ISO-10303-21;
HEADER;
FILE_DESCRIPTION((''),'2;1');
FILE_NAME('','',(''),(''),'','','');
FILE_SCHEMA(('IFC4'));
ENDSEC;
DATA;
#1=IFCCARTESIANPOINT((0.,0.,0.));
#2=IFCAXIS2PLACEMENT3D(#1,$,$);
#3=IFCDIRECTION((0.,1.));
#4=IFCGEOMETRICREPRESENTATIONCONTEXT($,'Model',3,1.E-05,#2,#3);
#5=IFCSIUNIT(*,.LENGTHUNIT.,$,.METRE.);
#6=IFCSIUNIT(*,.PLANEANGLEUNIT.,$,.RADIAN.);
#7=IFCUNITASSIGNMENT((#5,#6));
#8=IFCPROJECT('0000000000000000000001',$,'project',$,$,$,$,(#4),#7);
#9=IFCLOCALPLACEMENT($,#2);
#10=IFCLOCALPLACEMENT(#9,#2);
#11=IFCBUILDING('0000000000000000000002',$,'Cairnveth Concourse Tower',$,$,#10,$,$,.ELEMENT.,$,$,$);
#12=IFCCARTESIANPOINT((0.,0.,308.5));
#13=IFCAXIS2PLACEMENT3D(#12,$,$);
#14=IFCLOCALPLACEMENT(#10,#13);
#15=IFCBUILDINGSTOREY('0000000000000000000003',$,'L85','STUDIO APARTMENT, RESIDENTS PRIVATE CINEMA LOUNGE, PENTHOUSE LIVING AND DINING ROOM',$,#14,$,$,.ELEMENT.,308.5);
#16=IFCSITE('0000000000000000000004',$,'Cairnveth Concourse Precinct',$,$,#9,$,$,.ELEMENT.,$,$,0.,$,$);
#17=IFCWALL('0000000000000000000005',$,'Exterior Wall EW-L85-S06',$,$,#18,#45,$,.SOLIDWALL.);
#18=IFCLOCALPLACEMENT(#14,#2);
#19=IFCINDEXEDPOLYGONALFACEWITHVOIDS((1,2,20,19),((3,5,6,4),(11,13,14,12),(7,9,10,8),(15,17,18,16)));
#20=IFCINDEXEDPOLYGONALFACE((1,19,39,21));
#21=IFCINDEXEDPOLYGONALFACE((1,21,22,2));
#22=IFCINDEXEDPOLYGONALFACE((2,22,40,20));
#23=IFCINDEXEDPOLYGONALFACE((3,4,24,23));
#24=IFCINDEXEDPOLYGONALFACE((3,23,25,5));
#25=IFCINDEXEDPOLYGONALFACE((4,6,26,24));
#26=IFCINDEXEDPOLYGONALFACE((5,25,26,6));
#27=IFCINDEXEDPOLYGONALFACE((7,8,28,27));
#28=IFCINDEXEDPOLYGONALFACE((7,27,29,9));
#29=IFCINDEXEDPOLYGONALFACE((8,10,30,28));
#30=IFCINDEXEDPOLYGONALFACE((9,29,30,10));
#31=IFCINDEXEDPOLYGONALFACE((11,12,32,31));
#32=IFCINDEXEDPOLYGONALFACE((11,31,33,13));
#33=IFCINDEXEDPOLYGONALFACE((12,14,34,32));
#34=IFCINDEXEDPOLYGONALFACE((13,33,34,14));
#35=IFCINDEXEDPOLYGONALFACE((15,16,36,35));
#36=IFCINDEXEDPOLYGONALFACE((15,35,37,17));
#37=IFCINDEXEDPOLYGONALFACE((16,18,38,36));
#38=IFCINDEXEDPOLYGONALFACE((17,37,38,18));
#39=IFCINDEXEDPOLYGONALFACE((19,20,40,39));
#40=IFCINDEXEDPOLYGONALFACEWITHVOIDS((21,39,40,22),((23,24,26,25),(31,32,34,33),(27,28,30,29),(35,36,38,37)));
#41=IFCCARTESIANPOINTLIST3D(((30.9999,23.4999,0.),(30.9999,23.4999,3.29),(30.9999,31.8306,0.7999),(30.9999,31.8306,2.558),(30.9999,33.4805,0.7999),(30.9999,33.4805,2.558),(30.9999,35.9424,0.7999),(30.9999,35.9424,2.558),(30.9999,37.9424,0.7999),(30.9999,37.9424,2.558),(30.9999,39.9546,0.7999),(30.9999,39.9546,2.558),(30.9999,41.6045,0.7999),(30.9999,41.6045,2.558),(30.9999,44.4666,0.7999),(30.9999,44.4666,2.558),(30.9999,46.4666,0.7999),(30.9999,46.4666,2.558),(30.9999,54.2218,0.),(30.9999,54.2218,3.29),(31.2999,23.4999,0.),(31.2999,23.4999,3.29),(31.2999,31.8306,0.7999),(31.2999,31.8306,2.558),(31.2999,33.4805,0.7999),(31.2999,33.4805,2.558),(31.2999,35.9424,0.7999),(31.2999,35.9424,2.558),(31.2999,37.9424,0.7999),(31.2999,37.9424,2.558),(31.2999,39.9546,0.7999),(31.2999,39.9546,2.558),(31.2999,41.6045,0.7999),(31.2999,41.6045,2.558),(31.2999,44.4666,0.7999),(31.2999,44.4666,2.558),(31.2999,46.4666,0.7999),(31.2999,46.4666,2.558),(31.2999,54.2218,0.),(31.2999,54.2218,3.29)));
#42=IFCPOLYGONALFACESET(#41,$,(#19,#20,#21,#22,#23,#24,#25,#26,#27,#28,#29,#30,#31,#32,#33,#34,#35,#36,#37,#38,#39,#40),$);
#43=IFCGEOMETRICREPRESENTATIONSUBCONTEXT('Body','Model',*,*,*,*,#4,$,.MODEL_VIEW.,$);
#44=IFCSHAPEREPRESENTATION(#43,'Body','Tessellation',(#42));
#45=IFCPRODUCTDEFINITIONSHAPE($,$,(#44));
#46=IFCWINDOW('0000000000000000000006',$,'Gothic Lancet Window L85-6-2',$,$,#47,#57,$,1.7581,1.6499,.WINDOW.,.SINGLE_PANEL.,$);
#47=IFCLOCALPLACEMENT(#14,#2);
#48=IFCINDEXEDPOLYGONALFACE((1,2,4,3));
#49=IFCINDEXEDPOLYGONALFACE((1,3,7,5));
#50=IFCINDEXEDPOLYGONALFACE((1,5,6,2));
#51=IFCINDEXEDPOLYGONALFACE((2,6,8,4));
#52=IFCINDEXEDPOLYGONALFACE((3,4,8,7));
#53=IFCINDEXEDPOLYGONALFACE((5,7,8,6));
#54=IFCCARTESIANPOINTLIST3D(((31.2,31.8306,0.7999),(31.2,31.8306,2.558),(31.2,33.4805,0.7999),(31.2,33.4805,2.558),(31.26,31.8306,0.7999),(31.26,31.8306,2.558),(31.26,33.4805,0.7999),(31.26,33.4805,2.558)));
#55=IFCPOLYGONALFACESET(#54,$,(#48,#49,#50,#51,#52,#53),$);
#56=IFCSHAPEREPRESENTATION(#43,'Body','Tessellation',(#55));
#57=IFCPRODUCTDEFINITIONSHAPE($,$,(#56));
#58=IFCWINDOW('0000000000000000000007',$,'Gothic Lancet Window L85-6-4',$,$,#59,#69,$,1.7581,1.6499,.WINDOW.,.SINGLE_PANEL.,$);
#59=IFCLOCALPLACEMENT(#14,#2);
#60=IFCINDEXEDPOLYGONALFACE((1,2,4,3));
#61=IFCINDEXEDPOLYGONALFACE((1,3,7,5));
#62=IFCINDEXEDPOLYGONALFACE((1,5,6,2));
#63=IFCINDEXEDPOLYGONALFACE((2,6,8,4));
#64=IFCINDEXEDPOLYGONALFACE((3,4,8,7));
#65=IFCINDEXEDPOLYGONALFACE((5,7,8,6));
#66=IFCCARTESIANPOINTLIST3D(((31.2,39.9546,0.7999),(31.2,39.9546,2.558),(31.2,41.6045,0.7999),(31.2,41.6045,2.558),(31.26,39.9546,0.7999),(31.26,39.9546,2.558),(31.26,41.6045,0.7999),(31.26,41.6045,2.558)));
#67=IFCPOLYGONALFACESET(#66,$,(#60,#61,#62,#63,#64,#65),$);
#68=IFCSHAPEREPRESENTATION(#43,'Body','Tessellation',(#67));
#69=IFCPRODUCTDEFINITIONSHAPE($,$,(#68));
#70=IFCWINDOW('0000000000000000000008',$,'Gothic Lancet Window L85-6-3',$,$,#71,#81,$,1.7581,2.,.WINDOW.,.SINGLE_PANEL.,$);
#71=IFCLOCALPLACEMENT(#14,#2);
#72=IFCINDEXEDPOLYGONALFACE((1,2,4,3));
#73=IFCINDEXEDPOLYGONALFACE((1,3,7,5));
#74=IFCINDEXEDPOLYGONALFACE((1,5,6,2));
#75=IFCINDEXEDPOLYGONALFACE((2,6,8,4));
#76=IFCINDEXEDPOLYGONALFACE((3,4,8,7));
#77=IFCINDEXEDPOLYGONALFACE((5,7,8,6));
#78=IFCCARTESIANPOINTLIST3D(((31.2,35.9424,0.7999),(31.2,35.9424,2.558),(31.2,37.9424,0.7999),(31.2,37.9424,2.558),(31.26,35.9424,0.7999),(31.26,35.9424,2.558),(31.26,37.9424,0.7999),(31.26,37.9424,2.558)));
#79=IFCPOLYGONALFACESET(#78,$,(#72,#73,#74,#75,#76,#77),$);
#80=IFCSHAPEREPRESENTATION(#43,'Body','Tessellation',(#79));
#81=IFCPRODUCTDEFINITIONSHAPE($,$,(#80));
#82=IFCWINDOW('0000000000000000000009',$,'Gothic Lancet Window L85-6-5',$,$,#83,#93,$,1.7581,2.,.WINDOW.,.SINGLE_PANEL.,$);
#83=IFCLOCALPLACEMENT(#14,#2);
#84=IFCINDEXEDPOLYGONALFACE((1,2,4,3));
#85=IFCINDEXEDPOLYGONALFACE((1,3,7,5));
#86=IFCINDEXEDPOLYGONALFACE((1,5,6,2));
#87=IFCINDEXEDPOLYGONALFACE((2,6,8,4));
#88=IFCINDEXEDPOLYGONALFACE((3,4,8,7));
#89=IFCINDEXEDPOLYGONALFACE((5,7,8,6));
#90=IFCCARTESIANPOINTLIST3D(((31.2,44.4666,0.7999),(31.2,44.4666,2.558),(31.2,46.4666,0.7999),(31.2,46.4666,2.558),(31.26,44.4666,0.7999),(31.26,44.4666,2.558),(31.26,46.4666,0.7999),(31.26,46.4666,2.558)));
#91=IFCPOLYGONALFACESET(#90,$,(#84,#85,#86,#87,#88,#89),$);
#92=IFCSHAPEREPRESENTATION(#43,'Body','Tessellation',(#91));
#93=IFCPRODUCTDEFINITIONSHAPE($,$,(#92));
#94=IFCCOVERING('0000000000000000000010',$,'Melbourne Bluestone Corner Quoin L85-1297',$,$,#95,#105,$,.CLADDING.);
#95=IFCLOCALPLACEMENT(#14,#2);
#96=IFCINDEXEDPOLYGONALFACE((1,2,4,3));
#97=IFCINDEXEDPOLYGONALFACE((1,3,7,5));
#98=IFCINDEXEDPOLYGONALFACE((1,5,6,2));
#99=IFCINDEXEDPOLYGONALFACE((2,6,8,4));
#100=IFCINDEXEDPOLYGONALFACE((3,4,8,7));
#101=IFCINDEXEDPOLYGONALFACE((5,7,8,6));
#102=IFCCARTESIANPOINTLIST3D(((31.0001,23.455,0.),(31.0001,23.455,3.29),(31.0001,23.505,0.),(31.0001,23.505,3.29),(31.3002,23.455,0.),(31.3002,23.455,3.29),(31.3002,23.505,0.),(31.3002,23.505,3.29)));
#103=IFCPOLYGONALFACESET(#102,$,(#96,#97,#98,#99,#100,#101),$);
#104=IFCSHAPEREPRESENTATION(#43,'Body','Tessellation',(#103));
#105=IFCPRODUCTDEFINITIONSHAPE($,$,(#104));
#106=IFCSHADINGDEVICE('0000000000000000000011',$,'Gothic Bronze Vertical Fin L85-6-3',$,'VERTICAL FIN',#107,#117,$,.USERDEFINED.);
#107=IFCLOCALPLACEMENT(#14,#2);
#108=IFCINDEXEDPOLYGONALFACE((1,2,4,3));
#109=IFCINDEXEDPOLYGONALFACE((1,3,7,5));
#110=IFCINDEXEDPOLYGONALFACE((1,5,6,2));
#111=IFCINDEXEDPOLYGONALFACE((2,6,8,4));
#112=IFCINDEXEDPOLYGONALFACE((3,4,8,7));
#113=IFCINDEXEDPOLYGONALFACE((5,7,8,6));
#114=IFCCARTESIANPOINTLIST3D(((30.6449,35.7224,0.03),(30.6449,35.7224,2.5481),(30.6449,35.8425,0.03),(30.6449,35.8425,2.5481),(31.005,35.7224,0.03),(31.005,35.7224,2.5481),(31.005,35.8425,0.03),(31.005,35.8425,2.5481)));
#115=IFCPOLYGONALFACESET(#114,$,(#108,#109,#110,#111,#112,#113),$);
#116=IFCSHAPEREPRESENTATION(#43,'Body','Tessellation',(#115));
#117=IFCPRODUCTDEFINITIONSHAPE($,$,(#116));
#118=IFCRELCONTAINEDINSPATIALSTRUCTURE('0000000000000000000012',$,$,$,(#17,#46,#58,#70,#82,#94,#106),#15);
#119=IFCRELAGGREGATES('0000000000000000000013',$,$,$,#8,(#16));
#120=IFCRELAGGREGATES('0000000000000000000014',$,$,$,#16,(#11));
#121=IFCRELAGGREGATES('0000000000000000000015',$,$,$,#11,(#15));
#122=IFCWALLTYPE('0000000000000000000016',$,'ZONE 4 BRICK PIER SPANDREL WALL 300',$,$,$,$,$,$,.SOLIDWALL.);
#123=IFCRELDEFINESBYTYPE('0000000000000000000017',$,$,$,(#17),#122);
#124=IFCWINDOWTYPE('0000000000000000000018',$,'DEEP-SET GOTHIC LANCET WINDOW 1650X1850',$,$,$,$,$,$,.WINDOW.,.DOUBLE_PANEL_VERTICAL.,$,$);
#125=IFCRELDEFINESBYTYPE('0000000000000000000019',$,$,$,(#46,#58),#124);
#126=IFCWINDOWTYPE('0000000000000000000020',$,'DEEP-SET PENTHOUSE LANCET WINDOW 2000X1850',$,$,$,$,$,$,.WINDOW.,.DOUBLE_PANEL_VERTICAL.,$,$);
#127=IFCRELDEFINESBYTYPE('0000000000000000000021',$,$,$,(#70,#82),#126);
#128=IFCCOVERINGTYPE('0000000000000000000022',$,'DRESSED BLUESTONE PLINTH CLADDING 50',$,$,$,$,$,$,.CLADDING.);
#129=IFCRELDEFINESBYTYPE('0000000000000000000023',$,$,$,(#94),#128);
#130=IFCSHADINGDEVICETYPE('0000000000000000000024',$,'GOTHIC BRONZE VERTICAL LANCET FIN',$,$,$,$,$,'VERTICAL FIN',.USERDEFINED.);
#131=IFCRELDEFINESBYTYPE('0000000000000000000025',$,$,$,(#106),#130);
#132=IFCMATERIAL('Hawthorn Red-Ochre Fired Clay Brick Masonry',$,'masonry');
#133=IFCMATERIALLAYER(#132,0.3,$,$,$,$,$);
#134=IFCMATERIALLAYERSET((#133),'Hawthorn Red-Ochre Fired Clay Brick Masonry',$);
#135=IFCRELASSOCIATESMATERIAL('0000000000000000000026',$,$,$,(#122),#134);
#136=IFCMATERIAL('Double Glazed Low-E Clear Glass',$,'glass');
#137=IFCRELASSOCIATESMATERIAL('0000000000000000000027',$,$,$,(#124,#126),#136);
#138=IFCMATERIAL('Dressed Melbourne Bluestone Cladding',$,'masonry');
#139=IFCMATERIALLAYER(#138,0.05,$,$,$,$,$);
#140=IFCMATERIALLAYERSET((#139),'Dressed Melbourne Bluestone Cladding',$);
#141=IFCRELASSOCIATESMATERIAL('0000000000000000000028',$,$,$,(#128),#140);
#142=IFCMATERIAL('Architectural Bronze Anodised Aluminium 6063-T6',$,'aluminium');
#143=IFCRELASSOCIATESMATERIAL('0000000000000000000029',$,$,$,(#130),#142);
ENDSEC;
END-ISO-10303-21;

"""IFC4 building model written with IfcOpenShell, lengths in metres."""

from ifc_helpers import new_model, si_unit, direction, frame, frame_2d, origin, origin_2d, place, context, subcontext, project, spatial, rectangle, extrude, material, layer, layer_set, type_object, element, fill, save


model = new_model("IFC4")

# Units and contexts
model_context = context("Model", 3, precision=1e-05, world=origin(), true_north=direction((0.0, 1.0)))
body_context = subcontext(model_context, "Body", "Model", "MODEL_VIEW")
ifc_project = project(units=[si_unit("LENGTHUNIT", "METRE"), si_unit("PLANEANGLEUNIT", "RADIAN")], contexts=[model_context])

# Site, building, storey
site_placement = place(None, origin())
site = spatial("IfcSite", under=ifc_project, at=site_placement, Name="Cairnveth Concourse Precinct", CompositionType="ELEMENT", RefElevation=0.0)
building_placement = place(site_placement, origin())
building = spatial("IfcBuilding", under=site, at=building_placement, Name="Cairnveth Concourse Tower", CompositionType="ELEMENT")
storey_placement = place(building_placement, frame((0.0, 0.0, 308.5)))
storey = spatial("IfcBuildingStorey", under=building, at=storey_placement, Name="L85", Description="STUDIO APARTMENT, RESIDENTS PRIVATE CINEMA LOUNGE, PENTHOUSE LIVING AND DINING ROOM", CompositionType="ELEMENT", Elevation=308.5)

# Wall, openings, windows
ifc_material_1 = material(Name="Hawthorn Red-Ochre Fired Clay Brick Masonry", Category="masonry")
ifc_layer_1 = layer(ifc_material_1, 0.3)
ifc_layer_set_1 = layer_set([ifc_layer_1], Name="Hawthorn Red-Ochre Fired Clay Brick Masonry")
wall_type_1 = type_object("IfcWallType", Name="ZONE 4 BRICK PIER SPANDREL WALL 300", PredefinedType="SOLIDWALL", material=ifc_layer_set_1)
wall_1_placement = place(storey_placement, frame((31.1499, 23.5, 0.0), z_axis=(0.0, 0.0, 1.0), x_axis=(0.0, 1.0, 0.0)))
wall_1 = element("IfcWall", 1, at=wall_1_placement, inside=storey, type_object=wall_type_1, Name="Exterior Wall EW-L85-S06", PredefinedType="SOLIDWALL", context=body_context, shape_type="SweptSolid", body=[
    extrude(rectangle(XDim=30.7219, YDim=0.3, at=frame_2d((15.3608, 0.0))), origin(), (0.0, 0.0, 1.0), 3.29),
])
opening_1_placement = place(wall_1_placement, frame((8.3306, 0.0, 0.8)))
opening_1 = element("IfcOpeningElement", 2, at=opening_1_placement, cuts=wall_1, PredefinedType="OPENING", context=body_context, shape_type="SweptSolid", body=[
    extrude(rectangle(XDim=1.6499, YDim=1.7581, at=frame_2d((0.825, 0.8789))), frame((0.0, 0.1599, 0.0), z_axis=(0.0, -1.0, 0.0), x_axis=(1.0, 0.0, 0.0)), (0.0, 0.0, 1.0), 0.3201),
])
opening_2_placement = place(wall_1_placement, frame((12.4424, 0.0, 0.8)))
opening_2 = element("IfcOpeningElement", 3, at=opening_2_placement, cuts=wall_1, PredefinedType="OPENING", context=body_context, shape_type="SweptSolid", body=[
    extrude(rectangle(XDim=2.0, YDim=1.7581, at=frame_2d((1.0, 0.8789))), frame((0.0, 0.1599, 0.0), z_axis=(0.0, -1.0, 0.0), x_axis=(1.0, 0.0, 0.0)), (0.0, 0.0, 1.0), 0.3201),
])
opening_3_placement = place(wall_1_placement, frame((16.4546, 0.0, 0.8)))
opening_3 = element("IfcOpeningElement", 4, at=opening_3_placement, cuts=wall_1, PredefinedType="OPENING", context=body_context, shape_type="SweptSolid", body=[
    extrude(rectangle(XDim=1.6499, YDim=1.7581, at=frame_2d((0.825, 0.8789))), frame((0.0, 0.1599, 0.0), z_axis=(0.0, -1.0, 0.0), x_axis=(1.0, 0.0, 0.0)), (0.0, 0.0, 1.0), 0.3201),
])
opening_4_placement = place(wall_1_placement, frame((20.9666, 0.0, 0.8)))
opening_4 = element("IfcOpeningElement", 5, at=opening_4_placement, cuts=wall_1, PredefinedType="OPENING", context=body_context, shape_type="SweptSolid", body=[
    extrude(rectangle(XDim=2.0, YDim=1.7581, at=frame_2d((1.0, 0.8789))), frame((0.0, 0.1599, 0.0), z_axis=(0.0, -1.0, 0.0), x_axis=(1.0, 0.0, 0.0)), (0.0, 0.0, 1.0), 0.3201),
])
ifc_material_2 = material(Name="Double Glazed Low-E Clear Glass", Category="glass")
window_type_1 = type_object("IfcWindowType", Name="DEEP-SET GOTHIC LANCET WINDOW 1650X1850", PartitioningType="DOUBLE_PANEL_VERTICAL", PredefinedType="WINDOW", material=ifc_material_2)
window_1_placement = place(opening_1_placement, origin())
window_1 = element("IfcWindow", 6, at=window_1_placement, inside=storey, type_object=window_type_1, Name="Gothic Lancet Window L85-6-2", OverallHeight=1.7581, OverallWidth=1.6499, PartitioningType="SINGLE_PANEL", PredefinedType="WINDOW", context=body_context, shape_type="SweptSolid", body=[
    extrude(rectangle(XDim=1.6499, YDim=1.7581, at=frame_2d((0.825, 0.8789))), frame((0.0, -0.05, 0.0), z_axis=(0.0, -1.0, 0.0), x_axis=(1.0, 0.0, 0.0)), (0.0, 0.0, 1.0), 0.0601),
])
fill(opening_1, window_1)
window_2_placement = place(opening_3_placement, origin())
window_2 = element("IfcWindow", 7, at=window_2_placement, inside=storey, type_object=window_type_1, Name="Gothic Lancet Window L85-6-4", OverallHeight=1.7581, OverallWidth=1.6499, PartitioningType="SINGLE_PANEL", PredefinedType="WINDOW", context=body_context, shape_type="SweptSolid", body=[
    extrude(rectangle(XDim=1.6499, YDim=1.7581, at=frame_2d((0.825, 0.8789))), frame((0.0, -0.05, 0.0), z_axis=(0.0, -1.0, 0.0), x_axis=(1.0, 0.0, 0.0)), (0.0, 0.0, 1.0), 0.0601),
])
fill(opening_3, window_2)
window_type_2 = type_object("IfcWindowType", Name="DEEP-SET PENTHOUSE LANCET WINDOW 2000X1850", PartitioningType="DOUBLE_PANEL_VERTICAL", PredefinedType="WINDOW", material=ifc_material_2)
window_3_placement = place(opening_2_placement, origin())
window_3 = element("IfcWindow", 8, at=window_3_placement, inside=storey, type_object=window_type_2, Name="Gothic Lancet Window L85-6-3", OverallHeight=1.7581, OverallWidth=2.0, PartitioningType="SINGLE_PANEL", PredefinedType="WINDOW", context=body_context, shape_type="SweptSolid", body=[
    extrude(rectangle(XDim=2.0, YDim=1.7581, at=frame_2d((1.0, 0.8789))), frame((0.0, -0.05, 0.0), z_axis=(0.0, -1.0, 0.0), x_axis=(1.0, 0.0, 0.0)), (0.0, 0.0, 1.0), 0.0601),
])
fill(opening_2, window_3)
window_4_placement = place(opening_4_placement, origin())
window_4 = element("IfcWindow", 9, at=window_4_placement, inside=storey, type_object=window_type_2, Name="Gothic Lancet Window L85-6-5", OverallHeight=1.7581, OverallWidth=2.0, PartitioningType="SINGLE_PANEL", PredefinedType="WINDOW", context=body_context, shape_type="SweptSolid", body=[
    extrude(rectangle(XDim=2.0, YDim=1.7581, at=frame_2d((1.0, 0.8789))), frame((0.0, -0.05, 0.0), z_axis=(0.0, -1.0, 0.0), x_axis=(1.0, 0.0, 0.0)), (0.0, 0.0, 1.0), 0.0601),
])
fill(opening_4, window_4)

# Covering
ifc_material_3 = material(Name="Dressed Melbourne Bluestone Cladding", Category="masonry")
ifc_layer_2 = layer(ifc_material_3, 0.05)
ifc_layer_set_2 = layer_set([ifc_layer_2], Name="Dressed Melbourne Bluestone Cladding")
covering_type = type_object("IfcCoveringType", Name="DRESSED BLUESTONE PLINTH CLADDING 50", PredefinedType="CLADDING", material=ifc_layer_set_2)
covering_placement = place(storey_placement, frame((31.3, 23.48, 0.0), z_axis=(0.0, 0.0, 1.0), x_axis=(-1.0, 0.0, 0.0)))
element("IfcCovering", 10, at=covering_placement, inside=storey, type_object=covering_type, Name="Melbourne Bluestone Corner Quoin L85-1297", PredefinedType="CLADDING", context=body_context, shape_type="SweptSolid", body=[
    extrude(rectangle(XDim=0.3, YDim=0.05, at=frame_2d((0.1499, 0.0))), origin(), (0.0, 0.0, 1.0), 3.29),
])

# Shading device
ifc_material_4 = material(Name="Architectural Bronze Anodised Aluminium 6063-T6", Category="aluminium")
shading_device_type = type_object("IfcShadingDeviceType", Name="GOTHIC BRONZE VERTICAL LANCET FIN", ElementType="VERTICAL FIN", PredefinedType="USERDEFINED", material=ifc_material_4)
shading_device_placement = place(storey_placement, frame((30.825, 35.7825, 0.03), z_axis=(0.0, 0.0, 1.0), x_axis=(0.0, 1.0, 0.0)))
element("IfcShadingDevice", 11, at=shading_device_placement, inside=storey, type_object=shading_device_type, Name="Gothic Bronze Vertical Fin L85-6-3", ObjectType="VERTICAL FIN", PredefinedType="USERDEFINED", context=body_context, shape_type="SweptSolid", body=[
    extrude(rectangle(XDim=0.1201, YDim=0.3601, at=origin_2d()), origin(), (0.0, 0.0, 1.0), 2.5181),
])

save(model, "model.ifc")
